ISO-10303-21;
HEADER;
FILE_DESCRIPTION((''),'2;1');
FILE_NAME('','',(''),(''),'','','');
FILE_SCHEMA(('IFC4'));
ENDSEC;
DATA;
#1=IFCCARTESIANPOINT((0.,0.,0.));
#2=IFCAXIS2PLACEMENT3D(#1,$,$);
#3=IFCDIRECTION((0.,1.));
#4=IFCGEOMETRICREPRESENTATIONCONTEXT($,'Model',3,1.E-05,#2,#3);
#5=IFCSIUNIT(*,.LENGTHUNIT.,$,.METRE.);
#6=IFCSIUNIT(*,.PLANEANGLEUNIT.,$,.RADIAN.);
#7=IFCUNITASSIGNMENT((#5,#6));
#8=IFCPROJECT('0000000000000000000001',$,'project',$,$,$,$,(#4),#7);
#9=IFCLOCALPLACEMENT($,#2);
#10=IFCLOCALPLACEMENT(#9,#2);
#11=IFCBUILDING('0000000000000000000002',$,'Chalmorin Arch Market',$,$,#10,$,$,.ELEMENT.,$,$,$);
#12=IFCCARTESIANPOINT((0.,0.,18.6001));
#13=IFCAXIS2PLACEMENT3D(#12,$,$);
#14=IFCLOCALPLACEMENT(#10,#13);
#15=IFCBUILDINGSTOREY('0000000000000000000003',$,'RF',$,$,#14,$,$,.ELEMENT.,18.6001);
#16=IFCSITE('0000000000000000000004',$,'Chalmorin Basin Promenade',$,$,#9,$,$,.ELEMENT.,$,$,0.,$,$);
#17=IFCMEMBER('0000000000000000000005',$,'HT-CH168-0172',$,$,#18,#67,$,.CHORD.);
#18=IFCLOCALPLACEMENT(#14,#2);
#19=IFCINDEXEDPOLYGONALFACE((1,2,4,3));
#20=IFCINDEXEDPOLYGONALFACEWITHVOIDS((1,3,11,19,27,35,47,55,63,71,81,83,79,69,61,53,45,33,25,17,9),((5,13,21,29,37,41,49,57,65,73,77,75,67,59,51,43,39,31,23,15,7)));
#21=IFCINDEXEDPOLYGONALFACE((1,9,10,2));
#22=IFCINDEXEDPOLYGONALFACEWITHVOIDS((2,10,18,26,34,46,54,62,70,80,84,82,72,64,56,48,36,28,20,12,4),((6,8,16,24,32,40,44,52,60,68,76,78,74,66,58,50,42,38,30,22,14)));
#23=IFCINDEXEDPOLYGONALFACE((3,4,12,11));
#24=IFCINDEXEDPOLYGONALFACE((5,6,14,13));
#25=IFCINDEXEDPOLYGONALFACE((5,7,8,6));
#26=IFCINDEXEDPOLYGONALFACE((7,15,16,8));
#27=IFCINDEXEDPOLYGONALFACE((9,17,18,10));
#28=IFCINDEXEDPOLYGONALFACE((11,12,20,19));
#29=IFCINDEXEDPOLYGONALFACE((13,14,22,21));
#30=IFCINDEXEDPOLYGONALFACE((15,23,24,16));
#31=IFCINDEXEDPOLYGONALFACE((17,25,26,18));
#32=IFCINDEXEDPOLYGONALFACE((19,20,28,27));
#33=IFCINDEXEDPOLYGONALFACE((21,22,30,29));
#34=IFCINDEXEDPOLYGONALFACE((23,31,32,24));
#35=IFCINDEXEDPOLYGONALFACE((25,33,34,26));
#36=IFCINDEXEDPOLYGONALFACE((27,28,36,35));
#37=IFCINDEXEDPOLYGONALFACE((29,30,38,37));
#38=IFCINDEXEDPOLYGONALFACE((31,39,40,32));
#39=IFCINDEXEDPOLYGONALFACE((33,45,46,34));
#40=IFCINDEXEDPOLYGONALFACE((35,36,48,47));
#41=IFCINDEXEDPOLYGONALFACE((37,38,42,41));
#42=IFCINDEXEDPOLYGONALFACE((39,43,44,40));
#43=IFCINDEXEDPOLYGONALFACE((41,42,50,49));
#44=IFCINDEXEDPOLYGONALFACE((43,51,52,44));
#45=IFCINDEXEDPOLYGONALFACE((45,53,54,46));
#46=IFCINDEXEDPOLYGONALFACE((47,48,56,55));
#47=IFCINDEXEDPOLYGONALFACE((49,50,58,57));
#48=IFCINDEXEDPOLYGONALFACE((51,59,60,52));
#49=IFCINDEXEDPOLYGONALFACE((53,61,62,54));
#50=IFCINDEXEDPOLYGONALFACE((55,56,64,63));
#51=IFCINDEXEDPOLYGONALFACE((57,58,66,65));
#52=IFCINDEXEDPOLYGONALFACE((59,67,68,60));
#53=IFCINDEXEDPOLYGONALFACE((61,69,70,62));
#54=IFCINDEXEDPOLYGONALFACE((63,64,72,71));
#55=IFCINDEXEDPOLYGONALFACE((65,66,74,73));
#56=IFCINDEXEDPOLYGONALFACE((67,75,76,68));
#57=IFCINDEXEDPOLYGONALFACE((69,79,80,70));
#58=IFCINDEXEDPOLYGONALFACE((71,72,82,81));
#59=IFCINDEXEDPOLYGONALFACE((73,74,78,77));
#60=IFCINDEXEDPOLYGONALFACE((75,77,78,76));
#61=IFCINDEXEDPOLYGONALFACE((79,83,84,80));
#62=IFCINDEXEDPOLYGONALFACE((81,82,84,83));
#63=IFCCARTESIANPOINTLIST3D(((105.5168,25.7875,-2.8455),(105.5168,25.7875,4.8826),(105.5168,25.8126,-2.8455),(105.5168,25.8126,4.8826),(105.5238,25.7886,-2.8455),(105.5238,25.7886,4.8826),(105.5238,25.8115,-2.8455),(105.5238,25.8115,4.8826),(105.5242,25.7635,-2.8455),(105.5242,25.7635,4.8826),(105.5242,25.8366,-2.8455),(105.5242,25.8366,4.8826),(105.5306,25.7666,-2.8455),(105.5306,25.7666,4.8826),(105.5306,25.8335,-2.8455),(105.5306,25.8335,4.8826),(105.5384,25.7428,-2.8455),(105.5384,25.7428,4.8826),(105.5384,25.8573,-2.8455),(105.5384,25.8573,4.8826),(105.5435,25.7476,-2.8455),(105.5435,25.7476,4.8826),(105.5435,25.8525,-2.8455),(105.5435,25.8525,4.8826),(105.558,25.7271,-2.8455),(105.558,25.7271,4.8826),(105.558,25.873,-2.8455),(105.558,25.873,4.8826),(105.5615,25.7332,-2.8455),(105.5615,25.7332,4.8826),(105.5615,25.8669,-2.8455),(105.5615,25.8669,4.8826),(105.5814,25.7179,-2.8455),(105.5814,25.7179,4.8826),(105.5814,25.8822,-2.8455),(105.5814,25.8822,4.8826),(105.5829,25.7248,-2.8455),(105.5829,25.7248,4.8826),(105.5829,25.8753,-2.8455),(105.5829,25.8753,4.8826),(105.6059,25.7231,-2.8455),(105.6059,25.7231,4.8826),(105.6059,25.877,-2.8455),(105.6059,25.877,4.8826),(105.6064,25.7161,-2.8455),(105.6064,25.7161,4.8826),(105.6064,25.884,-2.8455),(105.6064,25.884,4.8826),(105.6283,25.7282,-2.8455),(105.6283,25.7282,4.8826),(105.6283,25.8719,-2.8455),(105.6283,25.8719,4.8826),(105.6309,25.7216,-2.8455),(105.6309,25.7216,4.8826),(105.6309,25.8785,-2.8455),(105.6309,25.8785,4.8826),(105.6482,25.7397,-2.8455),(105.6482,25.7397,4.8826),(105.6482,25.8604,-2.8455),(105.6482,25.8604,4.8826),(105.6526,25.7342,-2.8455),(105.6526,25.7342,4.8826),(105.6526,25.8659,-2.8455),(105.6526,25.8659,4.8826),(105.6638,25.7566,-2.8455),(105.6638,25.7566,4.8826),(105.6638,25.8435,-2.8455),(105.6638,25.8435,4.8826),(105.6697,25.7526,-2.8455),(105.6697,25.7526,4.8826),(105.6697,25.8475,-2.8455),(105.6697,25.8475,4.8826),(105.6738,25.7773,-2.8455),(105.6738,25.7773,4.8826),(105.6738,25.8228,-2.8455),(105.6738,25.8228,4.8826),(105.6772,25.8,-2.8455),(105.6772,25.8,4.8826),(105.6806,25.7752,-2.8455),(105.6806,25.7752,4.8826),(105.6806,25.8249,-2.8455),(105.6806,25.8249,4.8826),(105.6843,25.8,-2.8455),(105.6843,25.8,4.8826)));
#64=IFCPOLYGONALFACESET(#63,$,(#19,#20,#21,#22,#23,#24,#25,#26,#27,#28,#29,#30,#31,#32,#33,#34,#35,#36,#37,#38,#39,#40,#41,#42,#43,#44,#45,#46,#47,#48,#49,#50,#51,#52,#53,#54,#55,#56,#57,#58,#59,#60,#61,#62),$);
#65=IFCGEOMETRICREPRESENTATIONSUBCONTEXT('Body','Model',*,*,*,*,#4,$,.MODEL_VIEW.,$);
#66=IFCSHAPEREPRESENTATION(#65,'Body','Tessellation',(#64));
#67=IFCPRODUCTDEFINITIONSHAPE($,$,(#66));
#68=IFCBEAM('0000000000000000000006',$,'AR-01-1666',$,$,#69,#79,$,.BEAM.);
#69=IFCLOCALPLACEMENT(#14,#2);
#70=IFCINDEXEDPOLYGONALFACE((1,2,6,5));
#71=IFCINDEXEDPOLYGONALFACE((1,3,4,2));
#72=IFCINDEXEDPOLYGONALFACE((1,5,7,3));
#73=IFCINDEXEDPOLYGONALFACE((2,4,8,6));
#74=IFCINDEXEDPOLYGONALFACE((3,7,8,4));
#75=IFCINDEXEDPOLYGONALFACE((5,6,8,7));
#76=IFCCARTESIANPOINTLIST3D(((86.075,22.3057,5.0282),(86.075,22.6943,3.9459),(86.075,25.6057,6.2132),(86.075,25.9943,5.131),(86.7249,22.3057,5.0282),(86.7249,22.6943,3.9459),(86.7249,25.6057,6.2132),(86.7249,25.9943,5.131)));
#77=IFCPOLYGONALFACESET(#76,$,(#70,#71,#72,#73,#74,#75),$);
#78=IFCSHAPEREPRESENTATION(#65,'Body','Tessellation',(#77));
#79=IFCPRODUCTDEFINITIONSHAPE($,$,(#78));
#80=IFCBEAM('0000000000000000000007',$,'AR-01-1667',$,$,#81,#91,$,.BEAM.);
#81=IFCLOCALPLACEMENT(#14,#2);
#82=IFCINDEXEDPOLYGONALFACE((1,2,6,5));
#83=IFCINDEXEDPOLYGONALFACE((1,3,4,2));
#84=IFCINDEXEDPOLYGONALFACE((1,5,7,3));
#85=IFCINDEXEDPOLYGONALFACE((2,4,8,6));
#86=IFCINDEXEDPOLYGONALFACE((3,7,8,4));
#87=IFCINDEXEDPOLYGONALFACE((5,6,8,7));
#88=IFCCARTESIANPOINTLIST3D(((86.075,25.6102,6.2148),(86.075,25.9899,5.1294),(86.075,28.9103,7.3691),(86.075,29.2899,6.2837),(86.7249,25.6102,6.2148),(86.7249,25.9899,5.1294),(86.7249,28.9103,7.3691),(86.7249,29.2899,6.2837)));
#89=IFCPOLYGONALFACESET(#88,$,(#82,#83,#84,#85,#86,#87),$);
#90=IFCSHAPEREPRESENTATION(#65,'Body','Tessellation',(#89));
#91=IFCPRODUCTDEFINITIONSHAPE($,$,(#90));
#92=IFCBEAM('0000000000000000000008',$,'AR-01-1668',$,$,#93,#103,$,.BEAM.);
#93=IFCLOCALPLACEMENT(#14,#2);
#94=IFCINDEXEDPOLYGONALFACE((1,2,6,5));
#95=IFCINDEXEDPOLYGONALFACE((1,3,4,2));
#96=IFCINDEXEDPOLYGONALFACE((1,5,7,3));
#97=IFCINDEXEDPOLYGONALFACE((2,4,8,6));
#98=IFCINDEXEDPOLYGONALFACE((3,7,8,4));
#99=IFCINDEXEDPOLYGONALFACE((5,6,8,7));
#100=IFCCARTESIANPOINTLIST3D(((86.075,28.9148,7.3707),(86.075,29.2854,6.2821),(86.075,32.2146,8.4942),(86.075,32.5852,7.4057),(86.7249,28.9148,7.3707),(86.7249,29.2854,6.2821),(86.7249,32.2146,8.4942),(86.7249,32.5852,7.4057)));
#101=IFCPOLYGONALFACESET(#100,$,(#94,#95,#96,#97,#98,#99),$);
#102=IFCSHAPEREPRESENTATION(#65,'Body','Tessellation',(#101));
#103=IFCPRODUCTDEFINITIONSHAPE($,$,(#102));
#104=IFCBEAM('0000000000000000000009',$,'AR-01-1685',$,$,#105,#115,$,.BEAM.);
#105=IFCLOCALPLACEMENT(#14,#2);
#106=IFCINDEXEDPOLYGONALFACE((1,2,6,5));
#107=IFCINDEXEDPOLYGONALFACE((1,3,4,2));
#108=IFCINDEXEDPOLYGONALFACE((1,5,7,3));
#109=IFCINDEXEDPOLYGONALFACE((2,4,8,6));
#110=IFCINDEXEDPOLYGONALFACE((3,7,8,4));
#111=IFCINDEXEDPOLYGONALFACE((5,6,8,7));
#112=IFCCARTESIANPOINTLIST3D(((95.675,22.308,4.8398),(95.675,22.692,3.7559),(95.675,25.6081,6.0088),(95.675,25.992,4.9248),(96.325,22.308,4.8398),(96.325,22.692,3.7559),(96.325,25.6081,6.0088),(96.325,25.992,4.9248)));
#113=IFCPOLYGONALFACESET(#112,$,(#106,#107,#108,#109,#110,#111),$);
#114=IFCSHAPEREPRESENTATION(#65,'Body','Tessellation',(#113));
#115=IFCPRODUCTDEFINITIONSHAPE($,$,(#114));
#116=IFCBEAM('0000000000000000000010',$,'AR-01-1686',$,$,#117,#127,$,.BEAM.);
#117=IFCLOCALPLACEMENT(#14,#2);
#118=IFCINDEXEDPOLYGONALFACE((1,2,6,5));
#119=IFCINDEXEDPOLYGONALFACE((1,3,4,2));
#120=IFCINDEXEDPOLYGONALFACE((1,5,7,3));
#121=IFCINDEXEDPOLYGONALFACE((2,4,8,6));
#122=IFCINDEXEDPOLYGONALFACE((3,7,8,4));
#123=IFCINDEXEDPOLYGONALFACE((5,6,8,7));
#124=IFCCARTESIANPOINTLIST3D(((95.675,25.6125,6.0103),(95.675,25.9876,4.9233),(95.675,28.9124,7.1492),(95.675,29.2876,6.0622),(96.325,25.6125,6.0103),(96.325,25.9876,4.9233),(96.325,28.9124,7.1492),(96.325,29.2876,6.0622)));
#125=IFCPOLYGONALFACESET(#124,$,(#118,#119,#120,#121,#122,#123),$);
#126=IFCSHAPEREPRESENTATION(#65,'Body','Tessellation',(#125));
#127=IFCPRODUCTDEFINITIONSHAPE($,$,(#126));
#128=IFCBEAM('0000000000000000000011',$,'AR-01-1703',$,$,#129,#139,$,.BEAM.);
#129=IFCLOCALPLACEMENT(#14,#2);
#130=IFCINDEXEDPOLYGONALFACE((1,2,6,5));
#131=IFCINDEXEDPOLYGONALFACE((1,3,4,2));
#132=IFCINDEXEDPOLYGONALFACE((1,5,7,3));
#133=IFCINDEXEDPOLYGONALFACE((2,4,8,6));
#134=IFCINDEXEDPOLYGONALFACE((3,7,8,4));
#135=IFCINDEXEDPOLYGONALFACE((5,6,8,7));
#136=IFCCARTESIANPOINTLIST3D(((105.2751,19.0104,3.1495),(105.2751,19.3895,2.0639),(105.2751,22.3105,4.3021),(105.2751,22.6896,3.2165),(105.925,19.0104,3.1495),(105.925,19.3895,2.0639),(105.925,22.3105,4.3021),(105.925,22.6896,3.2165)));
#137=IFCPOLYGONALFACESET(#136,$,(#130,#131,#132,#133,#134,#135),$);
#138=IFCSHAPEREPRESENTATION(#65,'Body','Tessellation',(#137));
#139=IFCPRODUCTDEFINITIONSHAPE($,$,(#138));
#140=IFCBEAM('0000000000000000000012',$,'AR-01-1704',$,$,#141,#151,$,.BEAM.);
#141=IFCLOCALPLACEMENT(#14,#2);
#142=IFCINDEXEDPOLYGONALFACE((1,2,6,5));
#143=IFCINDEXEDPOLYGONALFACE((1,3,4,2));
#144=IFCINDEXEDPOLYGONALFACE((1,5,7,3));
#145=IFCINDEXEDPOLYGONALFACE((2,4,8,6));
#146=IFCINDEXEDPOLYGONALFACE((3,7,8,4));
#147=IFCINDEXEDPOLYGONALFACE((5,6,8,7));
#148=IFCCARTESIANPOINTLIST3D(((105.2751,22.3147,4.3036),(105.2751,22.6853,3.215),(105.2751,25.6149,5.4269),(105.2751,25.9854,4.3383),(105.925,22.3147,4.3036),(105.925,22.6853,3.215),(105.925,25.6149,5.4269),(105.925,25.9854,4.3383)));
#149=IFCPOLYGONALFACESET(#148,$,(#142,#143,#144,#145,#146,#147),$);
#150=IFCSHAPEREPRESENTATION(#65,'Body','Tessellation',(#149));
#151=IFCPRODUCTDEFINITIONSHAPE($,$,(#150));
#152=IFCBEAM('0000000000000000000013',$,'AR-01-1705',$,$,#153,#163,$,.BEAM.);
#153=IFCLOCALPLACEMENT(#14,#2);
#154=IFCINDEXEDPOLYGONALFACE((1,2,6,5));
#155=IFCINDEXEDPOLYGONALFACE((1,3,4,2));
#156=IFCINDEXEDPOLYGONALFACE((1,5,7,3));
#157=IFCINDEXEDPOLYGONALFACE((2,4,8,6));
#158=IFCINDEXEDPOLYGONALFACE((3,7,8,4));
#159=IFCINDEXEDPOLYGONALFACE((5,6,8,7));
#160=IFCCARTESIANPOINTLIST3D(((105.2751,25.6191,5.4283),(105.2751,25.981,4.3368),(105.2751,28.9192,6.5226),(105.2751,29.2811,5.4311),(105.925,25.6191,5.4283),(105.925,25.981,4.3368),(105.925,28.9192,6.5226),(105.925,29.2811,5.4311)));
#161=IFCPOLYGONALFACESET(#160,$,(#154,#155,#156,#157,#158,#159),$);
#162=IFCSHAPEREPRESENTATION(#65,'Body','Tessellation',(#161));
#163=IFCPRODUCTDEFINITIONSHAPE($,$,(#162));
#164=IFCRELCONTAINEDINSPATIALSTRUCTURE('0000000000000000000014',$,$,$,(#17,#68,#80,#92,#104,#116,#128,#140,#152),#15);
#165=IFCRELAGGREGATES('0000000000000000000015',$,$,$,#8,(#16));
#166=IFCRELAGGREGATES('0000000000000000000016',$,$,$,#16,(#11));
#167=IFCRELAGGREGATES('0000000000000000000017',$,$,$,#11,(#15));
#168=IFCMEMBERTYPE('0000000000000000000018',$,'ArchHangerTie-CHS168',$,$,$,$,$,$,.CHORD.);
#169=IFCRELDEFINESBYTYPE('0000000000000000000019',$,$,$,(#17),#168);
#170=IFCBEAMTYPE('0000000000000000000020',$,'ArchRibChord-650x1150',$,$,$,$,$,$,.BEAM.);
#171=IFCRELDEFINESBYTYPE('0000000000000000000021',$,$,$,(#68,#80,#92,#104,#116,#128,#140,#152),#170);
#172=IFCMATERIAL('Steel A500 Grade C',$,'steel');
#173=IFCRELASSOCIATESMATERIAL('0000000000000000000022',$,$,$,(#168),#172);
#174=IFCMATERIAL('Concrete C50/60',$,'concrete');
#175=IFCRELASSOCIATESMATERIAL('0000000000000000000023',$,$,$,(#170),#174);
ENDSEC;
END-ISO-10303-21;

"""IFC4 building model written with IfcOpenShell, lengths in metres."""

from ifc_helpers import new_model, si_unit, direction, frame, origin, origin_2d, place, context, subcontext, project, spatial, rectangle, hollow_circle, extrude, material, material_profile, profile_set, type_object, element, save


model = new_model("IFC4")

# Units and contexts
model_context = context("Model", 3, precision=1e-05, world=origin(), true_north=direction((0.0, 1.0)))
body_context = subcontext(model_context, "Body", "Model", "MODEL_VIEW")
ifc_project = project(units=[si_unit("LENGTHUNIT", "METRE"), si_unit("PLANEANGLEUNIT", "RADIAN")], contexts=[model_context])

# Site, building, storey
site_placement = place(None, origin())
site = spatial("IfcSite", under=ifc_project, at=site_placement, Name="Chalmorin Basin Promenade", CompositionType="ELEMENT", RefElevation=0.0)
building_placement = place(site_placement, origin())
building = spatial("IfcBuilding", under=site, at=building_placement, Name="Chalmorin Arch Market", CompositionType="ELEMENT")
storey_placement = place(building_placement, frame((0.0, 0.0, 18.6001)))
storey = spatial("IfcBuildingStorey", under=building, at=storey_placement, Name="RF", CompositionType="ELEMENT", Elevation=18.6001)

# Member
ifc_material_1 = material(Name="Steel A500 Grade C", Category="steel")
ifc_material_profile_1 = material_profile(ifc_material_1, hollow_circle(Radius=0.0842, WallThickness=0.0071, at=origin_2d()), Name="CHS168X7")
ifc_profile_set_1 = profile_set([ifc_material_profile_1], Name="Steel A500 Grade C")
member_type_1 = type_object("IfcMemberType", Name="ArchHangerTie-CHS168", PredefinedType="CHORD", material=ifc_profile_set_1)
member_1_placement = place(storey_placement, frame((105.6001, 25.8, -2.8455), z_axis=(0.0, 0.0, 1.0), x_axis=(1.0, 0.0, 0.0)))
element("IfcMember", 1, at=member_1_placement, inside=storey, type_object=member_type_1, Name="HT-CH168-0172", PredefinedType="CHORD", context=body_context, shape_type="SweptSolid", body=[
    extrude(hollow_circle(Radius=0.0842, WallThickness=0.0071, at=origin_2d()), origin(), (0.0, 0.0, 1.0), 7.728),
])

# Beams
ifc_material_2 = material(Name="Concrete C50/60", Category="concrete")
ifc_material_profile_2 = material_profile(ifc_material_2, rectangle(XDim=0.6499, YDim=1.1499, at=origin_2d()), Name="RC650X1150")
ifc_profile_set_2 = profile_set([ifc_material_profile_2], Name="Concrete C50/60")
beam_type = type_object("IfcBeamType", Name="ArchRibChord-650x1150", PredefinedType="BEAM", material=ifc_profile_set_2)
beam_1_placement = place(storey_placement, frame((86.3999, 22.5, 4.4871), z_axis=(0.0, 0.941156, 0.337972), x_axis=(-1.0, 0.0, 0.0)))
element("IfcBeam", 2, at=beam_1_placement, inside=storey, type_object=beam_type, Name="AR-01-1666", PredefinedType="BEAM", context=body_context, shape_type="SweptSolid", body=[
    extrude(rectangle(XDim=0.6499, YDim=1.1499, at=origin_2d()), origin(), (0.0, 0.0, 1.0), 3.5063),
])
beam_2_placement = place(storey_placement, frame((86.3999, 25.8, 5.6721), z_axis=(0.0, 0.943923, 0.330167), x_axis=(-1.0, 0.0, 0.0)))
element("IfcBeam", 3, at=beam_2_placement, inside=storey, type_object=beam_type, Name="AR-01-1667", PredefinedType="BEAM", context=body_context, shape_type="SweptSolid", body=[
    extrude(rectangle(XDim=0.6499, YDim=1.1499, at=origin_2d()), origin(), (0.0, 0.0, 1.0), 3.4961),
])
beam_3_placement = place(storey_placement, frame((86.3999, 29.1001, 6.8264), z_axis=(0.0, 0.946633, 0.322315), x_axis=(-1.0, 0.0, 0.0)))
element("IfcBeam", 4, at=beam_3_placement, inside=storey, type_object=beam_type, Name="AR-01-1668", PredefinedType="BEAM", context=body_context, shape_type="SweptSolid", body=[
    extrude(rectangle(XDim=0.6499, YDim=1.1499, at=origin_2d()), origin(), (0.0, 0.0, 1.0), 3.4858),
])
beam_4_placement = place(storey_placement, frame((96.0, 22.5, 4.2979), z_axis=(0.0, 0.942611, 0.333892), x_axis=(-1.0, 0.0, 0.0)))
element("IfcBeam", 5, at=beam_4_placement, inside=storey, type_object=beam_type, Name="AR-01-1685", PredefinedType="BEAM", context=body_context, shape_type="SweptSolid", body=[
    extrude(rectangle(XDim=0.6499, YDim=1.1499, at=origin_2d()), origin(), (0.0, 0.0, 1.0), 3.501),
])
beam_5_placement = place(storey_placement, frame((96.0, 25.8, 5.4668), z_axis=(0.0, 0.945287, 0.326239), x_axis=(-1.0, 0.0, 0.0)))
element("IfcBeam", 6, at=beam_5_placement, inside=storey, type_object=beam_type, Name="AR-01-1686", PredefinedType="BEAM", context=body_context, shape_type="SweptSolid", body=[
    extrude(rectangle(XDim=0.6499, YDim=1.1499, at=origin_2d()), origin(), (0.0, 0.0, 1.0), 3.491),
])
beam_6_placement = place(storey_placement, frame((105.6001, 19.2, 2.6067), z_axis=(0.0, 0.944075, 0.329731), x_axis=(-1.0, 0.0, 0.0)))
element("IfcBeam", 7, at=beam_6_placement, inside=storey, type_object=beam_type, Name="AR-01-1703", PredefinedType="BEAM", context=body_context, shape_type="SweptSolid", body=[
    extrude(rectangle(XDim=0.6499, YDim=1.1499, at=origin_2d()), origin(), (0.0, 0.0, 1.0), 3.4956),
])
beam_7_placement = place(storey_placement, frame((105.6001, 22.5, 3.7593), z_axis=(0.0, 0.946661, 0.32223), x_axis=(-1.0, 0.0, 0.0)))
element("IfcBeam", 8, at=beam_7_placement, inside=storey, type_object=beam_type, Name="AR-01-1704", PredefinedType="BEAM", context=body_context, shape_type="SweptSolid", body=[
    extrude(rectangle(XDim=0.6499, YDim=1.1499, at=origin_2d()), origin(), (0.0, 0.0, 1.0), 3.4861),
])
beam_8_placement = place(storey_placement, frame((105.6001, 25.8, 4.8826), z_axis=(0.0, 0.949181, 0.314732), x_axis=(-1.0, 0.0, 0.0)))
element("IfcBeam", 9, at=beam_8_placement, inside=storey, type_object=beam_type, Name="AR-01-1705", PredefinedType="BEAM", context=body_context, shape_type="SweptSolid", body=[
    extrude(rectangle(XDim=0.6499, YDim=1.1499, at=origin_2d()), origin(), (0.0, 0.0, 1.0), 3.4768),
])

save(model, "model.ifc")
